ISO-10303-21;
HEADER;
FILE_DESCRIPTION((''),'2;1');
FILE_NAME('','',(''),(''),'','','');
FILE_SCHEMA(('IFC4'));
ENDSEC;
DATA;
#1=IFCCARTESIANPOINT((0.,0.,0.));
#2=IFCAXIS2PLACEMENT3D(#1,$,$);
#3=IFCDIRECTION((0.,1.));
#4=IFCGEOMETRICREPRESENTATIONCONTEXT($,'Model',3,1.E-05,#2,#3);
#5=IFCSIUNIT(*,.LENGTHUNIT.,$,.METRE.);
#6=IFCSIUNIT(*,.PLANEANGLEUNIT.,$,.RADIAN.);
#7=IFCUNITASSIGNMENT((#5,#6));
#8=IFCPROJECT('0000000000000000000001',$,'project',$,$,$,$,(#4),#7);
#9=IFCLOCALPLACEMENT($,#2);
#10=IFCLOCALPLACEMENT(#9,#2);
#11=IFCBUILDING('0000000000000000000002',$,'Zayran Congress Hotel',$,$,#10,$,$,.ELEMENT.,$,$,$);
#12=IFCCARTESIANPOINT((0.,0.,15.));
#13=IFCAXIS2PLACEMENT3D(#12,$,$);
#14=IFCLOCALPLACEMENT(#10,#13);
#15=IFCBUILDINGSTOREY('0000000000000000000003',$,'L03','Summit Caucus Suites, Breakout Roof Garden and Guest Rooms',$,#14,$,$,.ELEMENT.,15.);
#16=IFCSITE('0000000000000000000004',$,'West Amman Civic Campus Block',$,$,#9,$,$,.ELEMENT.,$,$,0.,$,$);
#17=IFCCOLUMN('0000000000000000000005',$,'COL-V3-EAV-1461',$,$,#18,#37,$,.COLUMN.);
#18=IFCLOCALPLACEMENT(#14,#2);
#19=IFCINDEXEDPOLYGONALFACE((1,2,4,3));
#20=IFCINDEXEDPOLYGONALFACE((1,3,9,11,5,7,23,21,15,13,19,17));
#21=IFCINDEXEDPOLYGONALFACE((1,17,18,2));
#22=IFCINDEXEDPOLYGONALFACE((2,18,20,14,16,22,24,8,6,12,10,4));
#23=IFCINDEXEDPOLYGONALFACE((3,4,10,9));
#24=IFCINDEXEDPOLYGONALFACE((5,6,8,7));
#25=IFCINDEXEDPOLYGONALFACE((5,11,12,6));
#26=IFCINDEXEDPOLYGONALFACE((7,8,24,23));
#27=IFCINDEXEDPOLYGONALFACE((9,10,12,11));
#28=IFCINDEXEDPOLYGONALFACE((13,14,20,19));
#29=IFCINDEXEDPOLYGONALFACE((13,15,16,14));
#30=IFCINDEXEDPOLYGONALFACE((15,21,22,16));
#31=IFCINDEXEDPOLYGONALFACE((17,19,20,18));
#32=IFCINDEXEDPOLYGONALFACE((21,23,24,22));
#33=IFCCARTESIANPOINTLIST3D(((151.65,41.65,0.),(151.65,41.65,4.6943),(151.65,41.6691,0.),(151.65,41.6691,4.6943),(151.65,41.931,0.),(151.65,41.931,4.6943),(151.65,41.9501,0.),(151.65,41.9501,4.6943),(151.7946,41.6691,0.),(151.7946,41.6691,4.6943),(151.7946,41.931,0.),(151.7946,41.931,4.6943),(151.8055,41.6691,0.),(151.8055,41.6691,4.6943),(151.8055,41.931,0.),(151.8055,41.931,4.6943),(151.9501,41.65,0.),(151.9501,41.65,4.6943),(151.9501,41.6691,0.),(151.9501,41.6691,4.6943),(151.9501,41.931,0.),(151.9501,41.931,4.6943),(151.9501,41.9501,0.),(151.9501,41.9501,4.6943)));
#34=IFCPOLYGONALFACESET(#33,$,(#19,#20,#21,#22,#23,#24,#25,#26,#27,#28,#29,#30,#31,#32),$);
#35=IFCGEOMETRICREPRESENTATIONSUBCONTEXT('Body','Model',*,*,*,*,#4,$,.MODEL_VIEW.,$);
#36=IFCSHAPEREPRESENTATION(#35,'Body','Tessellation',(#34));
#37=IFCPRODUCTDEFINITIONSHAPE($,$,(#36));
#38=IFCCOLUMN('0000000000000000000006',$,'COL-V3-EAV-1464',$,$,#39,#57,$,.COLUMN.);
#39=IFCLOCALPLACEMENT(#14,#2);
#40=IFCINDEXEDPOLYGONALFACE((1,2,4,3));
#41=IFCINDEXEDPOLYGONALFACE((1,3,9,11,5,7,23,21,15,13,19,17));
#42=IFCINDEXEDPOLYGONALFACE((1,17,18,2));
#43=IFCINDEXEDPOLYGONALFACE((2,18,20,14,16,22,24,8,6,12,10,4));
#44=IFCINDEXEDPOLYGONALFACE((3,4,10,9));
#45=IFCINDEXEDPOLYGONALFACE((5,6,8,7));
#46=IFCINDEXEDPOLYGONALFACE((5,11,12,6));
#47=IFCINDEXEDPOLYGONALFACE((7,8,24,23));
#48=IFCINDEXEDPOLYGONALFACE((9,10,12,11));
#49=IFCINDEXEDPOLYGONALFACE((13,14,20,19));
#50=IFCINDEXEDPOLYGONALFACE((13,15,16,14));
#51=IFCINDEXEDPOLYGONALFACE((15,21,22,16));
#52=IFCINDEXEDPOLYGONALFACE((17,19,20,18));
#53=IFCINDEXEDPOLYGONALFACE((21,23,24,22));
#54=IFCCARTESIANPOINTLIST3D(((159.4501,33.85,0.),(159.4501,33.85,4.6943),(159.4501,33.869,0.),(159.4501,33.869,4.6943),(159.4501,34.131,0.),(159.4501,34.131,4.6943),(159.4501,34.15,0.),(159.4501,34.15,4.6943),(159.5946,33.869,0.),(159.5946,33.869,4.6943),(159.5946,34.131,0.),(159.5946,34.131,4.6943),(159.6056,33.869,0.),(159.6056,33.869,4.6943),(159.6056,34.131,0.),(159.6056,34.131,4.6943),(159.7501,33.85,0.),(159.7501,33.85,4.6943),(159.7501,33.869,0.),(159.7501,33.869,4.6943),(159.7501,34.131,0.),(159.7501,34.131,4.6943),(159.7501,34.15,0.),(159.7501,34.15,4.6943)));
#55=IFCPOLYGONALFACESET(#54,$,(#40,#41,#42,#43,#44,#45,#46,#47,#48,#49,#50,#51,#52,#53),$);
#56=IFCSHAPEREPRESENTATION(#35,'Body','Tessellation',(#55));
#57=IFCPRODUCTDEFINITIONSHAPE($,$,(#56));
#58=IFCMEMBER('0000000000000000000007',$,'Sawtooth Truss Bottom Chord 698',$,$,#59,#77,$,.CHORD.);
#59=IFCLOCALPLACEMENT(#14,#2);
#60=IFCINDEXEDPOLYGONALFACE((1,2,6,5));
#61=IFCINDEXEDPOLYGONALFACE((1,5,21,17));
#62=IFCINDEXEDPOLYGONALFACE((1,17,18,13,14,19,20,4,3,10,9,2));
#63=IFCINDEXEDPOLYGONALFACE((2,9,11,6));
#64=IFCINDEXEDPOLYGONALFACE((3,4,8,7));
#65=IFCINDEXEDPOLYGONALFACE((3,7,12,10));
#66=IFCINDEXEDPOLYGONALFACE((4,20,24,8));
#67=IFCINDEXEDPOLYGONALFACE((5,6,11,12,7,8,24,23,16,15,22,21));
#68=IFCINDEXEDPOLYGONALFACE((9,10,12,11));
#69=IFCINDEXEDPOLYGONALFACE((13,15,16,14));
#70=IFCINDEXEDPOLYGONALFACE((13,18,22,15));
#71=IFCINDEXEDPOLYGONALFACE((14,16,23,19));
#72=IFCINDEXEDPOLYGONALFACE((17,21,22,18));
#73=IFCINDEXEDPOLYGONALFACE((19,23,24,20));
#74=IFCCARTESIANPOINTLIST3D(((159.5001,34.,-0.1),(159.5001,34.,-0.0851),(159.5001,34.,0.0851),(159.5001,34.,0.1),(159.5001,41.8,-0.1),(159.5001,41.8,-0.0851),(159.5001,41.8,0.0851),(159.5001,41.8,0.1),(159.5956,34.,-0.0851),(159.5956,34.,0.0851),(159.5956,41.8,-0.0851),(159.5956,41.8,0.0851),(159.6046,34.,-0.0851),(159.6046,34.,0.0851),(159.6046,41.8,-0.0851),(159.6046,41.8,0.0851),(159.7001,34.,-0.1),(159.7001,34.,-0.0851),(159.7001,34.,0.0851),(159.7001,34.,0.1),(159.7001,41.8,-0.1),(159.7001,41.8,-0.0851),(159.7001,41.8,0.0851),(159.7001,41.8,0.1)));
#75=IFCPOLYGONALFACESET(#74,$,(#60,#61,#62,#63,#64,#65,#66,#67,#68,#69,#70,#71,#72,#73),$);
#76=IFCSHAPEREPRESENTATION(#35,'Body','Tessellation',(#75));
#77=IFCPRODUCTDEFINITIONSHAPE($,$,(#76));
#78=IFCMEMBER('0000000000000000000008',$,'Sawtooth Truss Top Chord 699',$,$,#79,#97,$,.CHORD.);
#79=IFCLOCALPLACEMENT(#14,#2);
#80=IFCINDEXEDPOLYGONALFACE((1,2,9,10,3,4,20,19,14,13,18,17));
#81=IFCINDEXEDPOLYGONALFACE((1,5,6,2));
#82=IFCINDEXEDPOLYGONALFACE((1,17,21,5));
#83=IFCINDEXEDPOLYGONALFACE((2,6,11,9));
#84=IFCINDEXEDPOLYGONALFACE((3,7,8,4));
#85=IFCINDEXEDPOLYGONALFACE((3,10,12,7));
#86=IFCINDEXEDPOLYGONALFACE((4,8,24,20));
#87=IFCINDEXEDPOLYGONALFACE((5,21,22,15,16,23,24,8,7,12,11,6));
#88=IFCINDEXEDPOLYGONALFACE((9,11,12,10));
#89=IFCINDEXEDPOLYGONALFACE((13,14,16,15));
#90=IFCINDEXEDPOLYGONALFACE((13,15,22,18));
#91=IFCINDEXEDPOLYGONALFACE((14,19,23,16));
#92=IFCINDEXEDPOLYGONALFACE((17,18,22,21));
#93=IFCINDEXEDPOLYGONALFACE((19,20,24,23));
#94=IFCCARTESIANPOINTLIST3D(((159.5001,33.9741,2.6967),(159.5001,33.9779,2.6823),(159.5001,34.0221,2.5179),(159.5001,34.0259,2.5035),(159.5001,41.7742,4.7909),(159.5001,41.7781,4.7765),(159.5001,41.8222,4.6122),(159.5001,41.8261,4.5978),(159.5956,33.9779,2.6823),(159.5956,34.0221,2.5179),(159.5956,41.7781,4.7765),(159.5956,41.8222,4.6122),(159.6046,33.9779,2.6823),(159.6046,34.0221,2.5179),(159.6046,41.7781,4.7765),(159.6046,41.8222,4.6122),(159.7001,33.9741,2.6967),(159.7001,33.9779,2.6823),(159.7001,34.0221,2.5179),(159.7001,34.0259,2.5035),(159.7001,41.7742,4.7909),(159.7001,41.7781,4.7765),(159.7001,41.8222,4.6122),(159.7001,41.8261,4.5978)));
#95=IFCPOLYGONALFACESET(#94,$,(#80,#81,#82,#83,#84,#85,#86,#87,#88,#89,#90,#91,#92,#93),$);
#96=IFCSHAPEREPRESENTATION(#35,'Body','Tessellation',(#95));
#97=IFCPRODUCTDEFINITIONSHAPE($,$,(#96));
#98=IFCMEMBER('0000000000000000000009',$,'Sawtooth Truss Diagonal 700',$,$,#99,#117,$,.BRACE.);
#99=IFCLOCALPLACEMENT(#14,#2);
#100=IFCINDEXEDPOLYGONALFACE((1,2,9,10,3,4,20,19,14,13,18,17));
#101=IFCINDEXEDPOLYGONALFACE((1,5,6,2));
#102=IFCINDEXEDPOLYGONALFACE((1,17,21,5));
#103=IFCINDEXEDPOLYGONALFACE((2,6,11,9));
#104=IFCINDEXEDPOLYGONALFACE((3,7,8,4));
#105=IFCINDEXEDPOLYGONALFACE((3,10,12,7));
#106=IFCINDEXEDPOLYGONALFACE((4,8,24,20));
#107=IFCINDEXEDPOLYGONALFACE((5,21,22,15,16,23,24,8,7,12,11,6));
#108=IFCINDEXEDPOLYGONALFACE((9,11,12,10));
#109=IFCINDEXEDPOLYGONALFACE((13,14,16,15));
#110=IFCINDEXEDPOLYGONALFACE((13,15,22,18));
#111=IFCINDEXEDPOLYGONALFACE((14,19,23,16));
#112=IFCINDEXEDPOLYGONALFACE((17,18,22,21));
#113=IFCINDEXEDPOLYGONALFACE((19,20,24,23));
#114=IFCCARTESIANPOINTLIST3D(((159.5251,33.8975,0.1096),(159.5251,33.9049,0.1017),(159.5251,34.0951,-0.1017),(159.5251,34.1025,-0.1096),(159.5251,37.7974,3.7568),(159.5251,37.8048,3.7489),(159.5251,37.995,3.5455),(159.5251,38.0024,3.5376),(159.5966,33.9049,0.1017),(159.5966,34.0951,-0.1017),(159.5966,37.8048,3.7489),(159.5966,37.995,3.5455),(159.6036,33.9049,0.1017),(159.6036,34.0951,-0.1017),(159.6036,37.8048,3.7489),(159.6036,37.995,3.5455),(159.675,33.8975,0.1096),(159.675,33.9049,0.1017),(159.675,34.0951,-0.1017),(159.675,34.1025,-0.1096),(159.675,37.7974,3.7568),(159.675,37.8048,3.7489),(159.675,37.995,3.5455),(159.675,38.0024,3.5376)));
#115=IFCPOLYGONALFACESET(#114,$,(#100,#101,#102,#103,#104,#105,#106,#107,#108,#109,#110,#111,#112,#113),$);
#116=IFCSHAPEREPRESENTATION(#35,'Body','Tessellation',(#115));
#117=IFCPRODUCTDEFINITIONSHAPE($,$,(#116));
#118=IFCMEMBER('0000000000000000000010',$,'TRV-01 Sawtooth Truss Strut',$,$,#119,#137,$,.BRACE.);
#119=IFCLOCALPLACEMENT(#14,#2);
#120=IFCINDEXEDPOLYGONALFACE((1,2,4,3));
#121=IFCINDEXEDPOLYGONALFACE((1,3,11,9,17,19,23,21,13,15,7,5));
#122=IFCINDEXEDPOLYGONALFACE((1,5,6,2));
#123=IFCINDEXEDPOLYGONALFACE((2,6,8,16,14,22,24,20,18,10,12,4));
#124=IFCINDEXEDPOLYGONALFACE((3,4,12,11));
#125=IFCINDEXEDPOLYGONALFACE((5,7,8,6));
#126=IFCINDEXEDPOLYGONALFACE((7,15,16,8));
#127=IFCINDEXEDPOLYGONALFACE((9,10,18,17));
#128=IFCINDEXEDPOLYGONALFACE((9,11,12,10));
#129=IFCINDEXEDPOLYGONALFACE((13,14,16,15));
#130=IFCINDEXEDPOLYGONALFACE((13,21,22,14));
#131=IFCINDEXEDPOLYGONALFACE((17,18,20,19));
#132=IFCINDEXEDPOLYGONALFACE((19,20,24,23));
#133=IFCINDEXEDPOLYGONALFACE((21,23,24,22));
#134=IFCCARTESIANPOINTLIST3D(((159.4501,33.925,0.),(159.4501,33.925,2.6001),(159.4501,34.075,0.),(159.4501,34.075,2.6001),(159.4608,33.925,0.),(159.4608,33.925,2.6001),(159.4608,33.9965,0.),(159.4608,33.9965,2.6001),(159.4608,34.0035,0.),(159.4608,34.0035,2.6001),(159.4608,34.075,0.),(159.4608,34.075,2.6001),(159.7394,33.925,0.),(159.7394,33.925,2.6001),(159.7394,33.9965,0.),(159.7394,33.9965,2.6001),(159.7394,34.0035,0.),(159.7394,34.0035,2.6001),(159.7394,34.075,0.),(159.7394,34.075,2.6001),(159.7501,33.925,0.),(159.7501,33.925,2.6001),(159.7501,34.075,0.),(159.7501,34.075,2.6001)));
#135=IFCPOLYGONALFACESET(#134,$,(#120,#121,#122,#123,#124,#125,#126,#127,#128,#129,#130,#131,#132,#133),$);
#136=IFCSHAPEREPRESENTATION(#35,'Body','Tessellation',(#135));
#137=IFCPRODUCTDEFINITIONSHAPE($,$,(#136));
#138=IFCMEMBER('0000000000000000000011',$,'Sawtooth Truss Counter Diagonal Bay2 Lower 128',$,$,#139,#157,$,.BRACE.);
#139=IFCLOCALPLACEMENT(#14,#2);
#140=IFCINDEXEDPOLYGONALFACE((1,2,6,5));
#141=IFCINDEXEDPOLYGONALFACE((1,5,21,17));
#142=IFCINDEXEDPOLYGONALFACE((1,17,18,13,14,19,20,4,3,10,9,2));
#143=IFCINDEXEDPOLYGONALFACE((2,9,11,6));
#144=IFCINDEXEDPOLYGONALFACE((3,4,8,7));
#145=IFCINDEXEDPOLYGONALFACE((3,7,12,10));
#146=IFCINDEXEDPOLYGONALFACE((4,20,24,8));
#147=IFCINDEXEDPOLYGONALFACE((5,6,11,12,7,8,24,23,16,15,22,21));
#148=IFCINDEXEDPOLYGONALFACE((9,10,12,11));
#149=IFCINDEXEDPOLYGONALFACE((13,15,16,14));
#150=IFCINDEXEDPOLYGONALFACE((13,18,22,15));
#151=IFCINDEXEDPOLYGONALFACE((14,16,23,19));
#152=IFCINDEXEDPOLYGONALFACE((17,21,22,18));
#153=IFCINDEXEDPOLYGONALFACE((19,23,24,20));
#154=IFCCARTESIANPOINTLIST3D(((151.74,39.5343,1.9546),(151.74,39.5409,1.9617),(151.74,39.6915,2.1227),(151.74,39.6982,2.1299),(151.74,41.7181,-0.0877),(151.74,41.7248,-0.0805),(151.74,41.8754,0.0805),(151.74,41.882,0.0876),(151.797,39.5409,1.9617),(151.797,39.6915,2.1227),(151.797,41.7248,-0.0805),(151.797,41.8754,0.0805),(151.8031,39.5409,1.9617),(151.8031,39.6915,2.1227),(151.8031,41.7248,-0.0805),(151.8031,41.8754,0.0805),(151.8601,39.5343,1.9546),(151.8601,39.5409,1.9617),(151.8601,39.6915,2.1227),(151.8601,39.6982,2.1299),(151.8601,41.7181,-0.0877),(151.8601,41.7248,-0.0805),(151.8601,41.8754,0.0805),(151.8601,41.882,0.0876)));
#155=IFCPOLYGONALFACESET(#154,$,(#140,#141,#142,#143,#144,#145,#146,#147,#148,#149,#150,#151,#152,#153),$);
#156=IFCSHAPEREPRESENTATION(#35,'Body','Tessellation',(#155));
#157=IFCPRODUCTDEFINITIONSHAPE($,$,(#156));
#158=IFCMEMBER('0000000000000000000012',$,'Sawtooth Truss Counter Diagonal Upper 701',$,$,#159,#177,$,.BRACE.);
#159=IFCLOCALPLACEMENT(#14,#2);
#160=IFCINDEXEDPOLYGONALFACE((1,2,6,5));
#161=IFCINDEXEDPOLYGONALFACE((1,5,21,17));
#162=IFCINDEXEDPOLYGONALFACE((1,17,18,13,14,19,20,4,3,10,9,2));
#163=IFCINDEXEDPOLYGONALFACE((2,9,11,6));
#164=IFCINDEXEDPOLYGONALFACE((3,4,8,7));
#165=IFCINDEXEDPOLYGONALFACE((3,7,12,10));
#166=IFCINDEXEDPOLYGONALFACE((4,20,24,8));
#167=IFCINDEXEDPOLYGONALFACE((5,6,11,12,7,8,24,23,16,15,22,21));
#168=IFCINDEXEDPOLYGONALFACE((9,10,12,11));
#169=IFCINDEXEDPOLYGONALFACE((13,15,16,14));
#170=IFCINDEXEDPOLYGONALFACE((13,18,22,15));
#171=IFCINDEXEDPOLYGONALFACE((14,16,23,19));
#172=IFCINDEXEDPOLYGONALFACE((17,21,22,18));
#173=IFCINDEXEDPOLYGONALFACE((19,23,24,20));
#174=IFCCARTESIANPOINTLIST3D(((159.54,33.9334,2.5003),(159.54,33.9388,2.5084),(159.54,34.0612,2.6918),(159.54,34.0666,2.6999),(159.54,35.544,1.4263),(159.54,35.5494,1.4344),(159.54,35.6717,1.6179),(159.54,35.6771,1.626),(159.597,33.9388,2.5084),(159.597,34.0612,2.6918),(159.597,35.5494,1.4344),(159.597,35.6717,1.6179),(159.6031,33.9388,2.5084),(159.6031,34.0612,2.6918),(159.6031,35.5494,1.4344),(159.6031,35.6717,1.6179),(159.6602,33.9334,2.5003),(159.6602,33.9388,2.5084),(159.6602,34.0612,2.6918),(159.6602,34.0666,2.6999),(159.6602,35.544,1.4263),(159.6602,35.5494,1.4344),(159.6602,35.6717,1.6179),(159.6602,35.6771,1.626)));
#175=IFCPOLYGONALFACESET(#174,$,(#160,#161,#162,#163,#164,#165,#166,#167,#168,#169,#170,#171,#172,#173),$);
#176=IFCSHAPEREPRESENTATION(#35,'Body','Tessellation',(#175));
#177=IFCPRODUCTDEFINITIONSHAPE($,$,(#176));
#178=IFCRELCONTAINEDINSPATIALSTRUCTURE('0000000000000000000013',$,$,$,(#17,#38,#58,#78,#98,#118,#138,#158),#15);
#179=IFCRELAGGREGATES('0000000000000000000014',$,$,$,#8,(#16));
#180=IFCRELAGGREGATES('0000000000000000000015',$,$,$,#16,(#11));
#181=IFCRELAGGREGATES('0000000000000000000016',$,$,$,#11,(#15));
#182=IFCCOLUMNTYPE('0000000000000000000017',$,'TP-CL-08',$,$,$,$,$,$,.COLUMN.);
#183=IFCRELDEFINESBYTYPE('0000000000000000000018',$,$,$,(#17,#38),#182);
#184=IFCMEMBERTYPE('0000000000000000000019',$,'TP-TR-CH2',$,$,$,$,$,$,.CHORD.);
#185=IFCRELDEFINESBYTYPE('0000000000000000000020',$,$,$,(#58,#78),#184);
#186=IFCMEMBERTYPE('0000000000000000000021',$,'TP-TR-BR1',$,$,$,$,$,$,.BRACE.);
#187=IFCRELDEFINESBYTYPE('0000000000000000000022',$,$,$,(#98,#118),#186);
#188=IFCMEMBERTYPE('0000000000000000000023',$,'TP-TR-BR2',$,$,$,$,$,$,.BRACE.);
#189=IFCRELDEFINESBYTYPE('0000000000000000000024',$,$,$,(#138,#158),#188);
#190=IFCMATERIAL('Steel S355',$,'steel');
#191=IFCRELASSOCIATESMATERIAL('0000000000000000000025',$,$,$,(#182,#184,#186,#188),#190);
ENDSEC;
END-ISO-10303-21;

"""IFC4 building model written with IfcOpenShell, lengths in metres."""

from ifc_helpers import new_model, si_unit, direction, frame, origin, origin_2d, place, context, subcontext, project, spatial, i_section, extrude, material, material_profile, profile_set, type_object, element, save


model = new_model("IFC4")

# Units and contexts
model_context = context("Model", 3, precision=1e-05, world=origin(), true_north=direction((0.0, 1.0)))
body_context = subcontext(model_context, "Body", "Model", "MODEL_VIEW")
ifc_project = project(units=[si_unit("LENGTHUNIT", "METRE"), si_unit("PLANEANGLEUNIT", "RADIAN")], contexts=[model_context])

# Site, building, storey
site_placement = place(None, origin())
site = spatial("IfcSite", under=ifc_project, at=site_placement, Name="West Amman Civic Campus Block", CompositionType="ELEMENT", RefElevation=0.0)
building_placement = place(site_placement, origin())
building = spatial("IfcBuilding", under=site, at=building_placement, Name="Zayran Congress Hotel", CompositionType="ELEMENT")
storey_placement = place(building_placement, frame((0.0, 0.0, 15.0)))
storey = spatial("IfcBuildingStorey", under=building, at=storey_placement, Name="L03", Description="Summit Caucus Suites, Breakout Roof Garden and Guest Rooms", CompositionType="ELEMENT", Elevation=15.0)

# Columns
ifc_material_1 = material(Name="Steel S355", Category="steel")
ifc_material_profile_1 = material_profile(ifc_material_1, i_section(OverallWidth=0.3, OverallDepth=0.3, WebThickness=0.011, FlangeThickness=0.019, at=origin_2d()), Name="HEB 300")
ifc_profile_set_1 = profile_set([ifc_material_profile_1], Name="Steel S355")
column_type = type_object("IfcColumnType", Name="TP-CL-08", PredefinedType="COLUMN", material=ifc_profile_set_1)
for number, where, z_axis, x_axis, name in (
    (1, (151.8, 41.8, 0.0), (0.0, 0.0, 1.0), (1.0, 0.0, 0.0), "COL-V3-EAV-1461"),
    (2, (159.6001, 34.0, 0.0), (0.0, 0.0, 1.0), (1.0, 0.0, 0.0), "COL-V3-EAV-1464"),
):
    element("IfcColumn", number, at=place(storey_placement, frame(where, z_axis=z_axis, x_axis=x_axis)), inside=storey, type_object=column_type, Name=name, PredefinedType="COLUMN", context=body_context, shape_type="SweptSolid", body=[
        extrude(i_section(OverallWidth=0.3, OverallDepth=0.3, WebThickness=0.011, FlangeThickness=0.019, at=origin_2d()), origin(), (0.0, 0.0, 1.0), 4.6943),
    ])

# Members
ifc_material_profile_2 = material_profile(ifc_material_1, i_section(OverallWidth=0.2, OverallDepth=0.2, WebThickness=0.009, FlangeThickness=0.0149, at=origin_2d()), Name="HEB 200")
ifc_profile_set_2 = profile_set([ifc_material_profile_2], Name="Steel S355")
member_type_1 = type_object("IfcMemberType", Name="TP-TR-CH2", PredefinedType="CHORD", material=ifc_profile_set_2)
member_1_placement = place(storey_placement, frame((159.6001, 34.0, 0.0), z_axis=(0.0, 1.0, 0.0), x_axis=(-1.0, 0.0, 0.0)))
element("IfcMember", 3, at=member_1_placement, inside=storey, type_object=member_type_1, Name="Sawtooth Truss Bottom Chord 698", PredefinedType="CHORD", context=body_context, shape_type="SweptSolid", body=[
    extrude(i_section(OverallWidth=0.2, OverallDepth=0.2, WebThickness=0.009, FlangeThickness=0.0149, at=origin_2d()), origin(), (0.0, 0.0, 1.0), 7.8),
])
member_2_placement = place(storey_placement, frame((159.6001, 34.0, 2.6001), z_axis=(0.0, 0.965795, 0.259307), x_axis=(-1.0, 0.0, 0.0)))
element("IfcMember", 4, at=member_2_placement, inside=storey, type_object=member_type_1, Name="Sawtooth Truss Top Chord 699", PredefinedType="CHORD", context=body_context, shape_type="SweptSolid", body=[
    extrude(i_section(OverallWidth=0.2, OverallDepth=0.2, WebThickness=0.009, FlangeThickness=0.0149, at=origin_2d()), origin(), (0.0, 0.0, 1.0), 8.0764),
])
ifc_material_profile_3 = material_profile(ifc_material_1, i_section(OverallWidth=0.1499, OverallDepth=0.3, WebThickness=0.0071, FlangeThickness=0.0107, at=origin_2d()), Name="IPE 300")
ifc_profile_set_3 = profile_set([ifc_material_profile_3], Name="Steel S355")
member_type_2 = type_object("IfcMemberType", Name="TP-TR-BR1", PredefinedType="BRACE", material=ifc_profile_set_3)
member_3_placement = place(storey_placement, frame((159.6001, 34.0, 0.0), z_axis=(0.0, 0.730372, 0.683049), x_axis=(-1.0, 0.0, 0.0)))
element("IfcMember", 5, at=member_3_placement, inside=storey, type_object=member_type_2, Name="Sawtooth Truss Diagonal 700", PredefinedType="BRACE", context=body_context, shape_type="SweptSolid", body=[
    extrude(i_section(OverallWidth=0.1499, OverallDepth=0.3, WebThickness=0.0071, FlangeThickness=0.0107, at=origin_2d()), origin(), (0.0, 0.0, 1.0), 5.3396),
])
member_4_placement = place(storey_placement, frame((159.6001, 34.0, 0.0), z_axis=(0.0, 0.0, 1.0), x_axis=(0.0, 1.0, 0.0)))
element("IfcMember", 6, at=member_4_placement, inside=storey, type_object=member_type_2, Name="TRV-01 Sawtooth Truss Strut", PredefinedType="BRACE", context=body_context, shape_type="SweptSolid", body=[
    extrude(i_section(OverallWidth=0.1499, OverallDepth=0.3, WebThickness=0.0071, FlangeThickness=0.0107, at=origin_2d()), origin(), (0.0, 0.0, 1.0), 2.6001),
])
ifc_material_profile_4 = material_profile(ifc_material_1, i_section(OverallWidth=0.1201, OverallDepth=0.24, WebThickness=0.0061, FlangeThickness=0.0098, at=origin_2d()), Name="IPE 240")
ifc_profile_set_4 = profile_set([ifc_material_profile_4], Name="Steel S355")
member_type_3 = type_object("IfcMemberType", Name="TP-TR-BR2", PredefinedType="BRACE", material=ifc_profile_set_4)
member_5_placement = place(storey_placement, frame((151.8, 39.6162, 2.0422), z_axis=(0.0, 0.73039, -0.683031), x_axis=(-1.0, 0.0, 0.0)))
element("IfcMember", 7, at=member_5_placement, inside=storey, type_object=member_type_3, Name="Sawtooth Truss Counter Diagonal Bay2 Lower 128", PredefinedType="BRACE", context=body_context, shape_type="SweptSolid", body=[
    extrude(i_section(OverallWidth=0.1201, OverallDepth=0.24, WebThickness=0.0061, FlangeThickness=0.0098, at=origin_2d()), origin(), (0.0, 0.0, 1.0), 2.99),
])
member_6_placement = place(storey_placement, frame((159.6001, 34.0, 2.6001), z_axis=(0.0, 0.831992, -0.554788), x_axis=(-1.0, 0.0, 0.0)))
element("IfcMember", 8, at=member_6_placement, inside=storey, type_object=member_type_3, Name="Sawtooth Truss Counter Diagonal Upper 701", PredefinedType="BRACE", context=body_context, shape_type="SweptSolid", body=[
    extrude(i_section(OverallWidth=0.1201, OverallDepth=0.24, WebThickness=0.0061, FlangeThickness=0.0098, at=origin_2d()), origin(), (0.0, 0.0, 1.0), 1.9358),
])

save(model, "model.ifc")
